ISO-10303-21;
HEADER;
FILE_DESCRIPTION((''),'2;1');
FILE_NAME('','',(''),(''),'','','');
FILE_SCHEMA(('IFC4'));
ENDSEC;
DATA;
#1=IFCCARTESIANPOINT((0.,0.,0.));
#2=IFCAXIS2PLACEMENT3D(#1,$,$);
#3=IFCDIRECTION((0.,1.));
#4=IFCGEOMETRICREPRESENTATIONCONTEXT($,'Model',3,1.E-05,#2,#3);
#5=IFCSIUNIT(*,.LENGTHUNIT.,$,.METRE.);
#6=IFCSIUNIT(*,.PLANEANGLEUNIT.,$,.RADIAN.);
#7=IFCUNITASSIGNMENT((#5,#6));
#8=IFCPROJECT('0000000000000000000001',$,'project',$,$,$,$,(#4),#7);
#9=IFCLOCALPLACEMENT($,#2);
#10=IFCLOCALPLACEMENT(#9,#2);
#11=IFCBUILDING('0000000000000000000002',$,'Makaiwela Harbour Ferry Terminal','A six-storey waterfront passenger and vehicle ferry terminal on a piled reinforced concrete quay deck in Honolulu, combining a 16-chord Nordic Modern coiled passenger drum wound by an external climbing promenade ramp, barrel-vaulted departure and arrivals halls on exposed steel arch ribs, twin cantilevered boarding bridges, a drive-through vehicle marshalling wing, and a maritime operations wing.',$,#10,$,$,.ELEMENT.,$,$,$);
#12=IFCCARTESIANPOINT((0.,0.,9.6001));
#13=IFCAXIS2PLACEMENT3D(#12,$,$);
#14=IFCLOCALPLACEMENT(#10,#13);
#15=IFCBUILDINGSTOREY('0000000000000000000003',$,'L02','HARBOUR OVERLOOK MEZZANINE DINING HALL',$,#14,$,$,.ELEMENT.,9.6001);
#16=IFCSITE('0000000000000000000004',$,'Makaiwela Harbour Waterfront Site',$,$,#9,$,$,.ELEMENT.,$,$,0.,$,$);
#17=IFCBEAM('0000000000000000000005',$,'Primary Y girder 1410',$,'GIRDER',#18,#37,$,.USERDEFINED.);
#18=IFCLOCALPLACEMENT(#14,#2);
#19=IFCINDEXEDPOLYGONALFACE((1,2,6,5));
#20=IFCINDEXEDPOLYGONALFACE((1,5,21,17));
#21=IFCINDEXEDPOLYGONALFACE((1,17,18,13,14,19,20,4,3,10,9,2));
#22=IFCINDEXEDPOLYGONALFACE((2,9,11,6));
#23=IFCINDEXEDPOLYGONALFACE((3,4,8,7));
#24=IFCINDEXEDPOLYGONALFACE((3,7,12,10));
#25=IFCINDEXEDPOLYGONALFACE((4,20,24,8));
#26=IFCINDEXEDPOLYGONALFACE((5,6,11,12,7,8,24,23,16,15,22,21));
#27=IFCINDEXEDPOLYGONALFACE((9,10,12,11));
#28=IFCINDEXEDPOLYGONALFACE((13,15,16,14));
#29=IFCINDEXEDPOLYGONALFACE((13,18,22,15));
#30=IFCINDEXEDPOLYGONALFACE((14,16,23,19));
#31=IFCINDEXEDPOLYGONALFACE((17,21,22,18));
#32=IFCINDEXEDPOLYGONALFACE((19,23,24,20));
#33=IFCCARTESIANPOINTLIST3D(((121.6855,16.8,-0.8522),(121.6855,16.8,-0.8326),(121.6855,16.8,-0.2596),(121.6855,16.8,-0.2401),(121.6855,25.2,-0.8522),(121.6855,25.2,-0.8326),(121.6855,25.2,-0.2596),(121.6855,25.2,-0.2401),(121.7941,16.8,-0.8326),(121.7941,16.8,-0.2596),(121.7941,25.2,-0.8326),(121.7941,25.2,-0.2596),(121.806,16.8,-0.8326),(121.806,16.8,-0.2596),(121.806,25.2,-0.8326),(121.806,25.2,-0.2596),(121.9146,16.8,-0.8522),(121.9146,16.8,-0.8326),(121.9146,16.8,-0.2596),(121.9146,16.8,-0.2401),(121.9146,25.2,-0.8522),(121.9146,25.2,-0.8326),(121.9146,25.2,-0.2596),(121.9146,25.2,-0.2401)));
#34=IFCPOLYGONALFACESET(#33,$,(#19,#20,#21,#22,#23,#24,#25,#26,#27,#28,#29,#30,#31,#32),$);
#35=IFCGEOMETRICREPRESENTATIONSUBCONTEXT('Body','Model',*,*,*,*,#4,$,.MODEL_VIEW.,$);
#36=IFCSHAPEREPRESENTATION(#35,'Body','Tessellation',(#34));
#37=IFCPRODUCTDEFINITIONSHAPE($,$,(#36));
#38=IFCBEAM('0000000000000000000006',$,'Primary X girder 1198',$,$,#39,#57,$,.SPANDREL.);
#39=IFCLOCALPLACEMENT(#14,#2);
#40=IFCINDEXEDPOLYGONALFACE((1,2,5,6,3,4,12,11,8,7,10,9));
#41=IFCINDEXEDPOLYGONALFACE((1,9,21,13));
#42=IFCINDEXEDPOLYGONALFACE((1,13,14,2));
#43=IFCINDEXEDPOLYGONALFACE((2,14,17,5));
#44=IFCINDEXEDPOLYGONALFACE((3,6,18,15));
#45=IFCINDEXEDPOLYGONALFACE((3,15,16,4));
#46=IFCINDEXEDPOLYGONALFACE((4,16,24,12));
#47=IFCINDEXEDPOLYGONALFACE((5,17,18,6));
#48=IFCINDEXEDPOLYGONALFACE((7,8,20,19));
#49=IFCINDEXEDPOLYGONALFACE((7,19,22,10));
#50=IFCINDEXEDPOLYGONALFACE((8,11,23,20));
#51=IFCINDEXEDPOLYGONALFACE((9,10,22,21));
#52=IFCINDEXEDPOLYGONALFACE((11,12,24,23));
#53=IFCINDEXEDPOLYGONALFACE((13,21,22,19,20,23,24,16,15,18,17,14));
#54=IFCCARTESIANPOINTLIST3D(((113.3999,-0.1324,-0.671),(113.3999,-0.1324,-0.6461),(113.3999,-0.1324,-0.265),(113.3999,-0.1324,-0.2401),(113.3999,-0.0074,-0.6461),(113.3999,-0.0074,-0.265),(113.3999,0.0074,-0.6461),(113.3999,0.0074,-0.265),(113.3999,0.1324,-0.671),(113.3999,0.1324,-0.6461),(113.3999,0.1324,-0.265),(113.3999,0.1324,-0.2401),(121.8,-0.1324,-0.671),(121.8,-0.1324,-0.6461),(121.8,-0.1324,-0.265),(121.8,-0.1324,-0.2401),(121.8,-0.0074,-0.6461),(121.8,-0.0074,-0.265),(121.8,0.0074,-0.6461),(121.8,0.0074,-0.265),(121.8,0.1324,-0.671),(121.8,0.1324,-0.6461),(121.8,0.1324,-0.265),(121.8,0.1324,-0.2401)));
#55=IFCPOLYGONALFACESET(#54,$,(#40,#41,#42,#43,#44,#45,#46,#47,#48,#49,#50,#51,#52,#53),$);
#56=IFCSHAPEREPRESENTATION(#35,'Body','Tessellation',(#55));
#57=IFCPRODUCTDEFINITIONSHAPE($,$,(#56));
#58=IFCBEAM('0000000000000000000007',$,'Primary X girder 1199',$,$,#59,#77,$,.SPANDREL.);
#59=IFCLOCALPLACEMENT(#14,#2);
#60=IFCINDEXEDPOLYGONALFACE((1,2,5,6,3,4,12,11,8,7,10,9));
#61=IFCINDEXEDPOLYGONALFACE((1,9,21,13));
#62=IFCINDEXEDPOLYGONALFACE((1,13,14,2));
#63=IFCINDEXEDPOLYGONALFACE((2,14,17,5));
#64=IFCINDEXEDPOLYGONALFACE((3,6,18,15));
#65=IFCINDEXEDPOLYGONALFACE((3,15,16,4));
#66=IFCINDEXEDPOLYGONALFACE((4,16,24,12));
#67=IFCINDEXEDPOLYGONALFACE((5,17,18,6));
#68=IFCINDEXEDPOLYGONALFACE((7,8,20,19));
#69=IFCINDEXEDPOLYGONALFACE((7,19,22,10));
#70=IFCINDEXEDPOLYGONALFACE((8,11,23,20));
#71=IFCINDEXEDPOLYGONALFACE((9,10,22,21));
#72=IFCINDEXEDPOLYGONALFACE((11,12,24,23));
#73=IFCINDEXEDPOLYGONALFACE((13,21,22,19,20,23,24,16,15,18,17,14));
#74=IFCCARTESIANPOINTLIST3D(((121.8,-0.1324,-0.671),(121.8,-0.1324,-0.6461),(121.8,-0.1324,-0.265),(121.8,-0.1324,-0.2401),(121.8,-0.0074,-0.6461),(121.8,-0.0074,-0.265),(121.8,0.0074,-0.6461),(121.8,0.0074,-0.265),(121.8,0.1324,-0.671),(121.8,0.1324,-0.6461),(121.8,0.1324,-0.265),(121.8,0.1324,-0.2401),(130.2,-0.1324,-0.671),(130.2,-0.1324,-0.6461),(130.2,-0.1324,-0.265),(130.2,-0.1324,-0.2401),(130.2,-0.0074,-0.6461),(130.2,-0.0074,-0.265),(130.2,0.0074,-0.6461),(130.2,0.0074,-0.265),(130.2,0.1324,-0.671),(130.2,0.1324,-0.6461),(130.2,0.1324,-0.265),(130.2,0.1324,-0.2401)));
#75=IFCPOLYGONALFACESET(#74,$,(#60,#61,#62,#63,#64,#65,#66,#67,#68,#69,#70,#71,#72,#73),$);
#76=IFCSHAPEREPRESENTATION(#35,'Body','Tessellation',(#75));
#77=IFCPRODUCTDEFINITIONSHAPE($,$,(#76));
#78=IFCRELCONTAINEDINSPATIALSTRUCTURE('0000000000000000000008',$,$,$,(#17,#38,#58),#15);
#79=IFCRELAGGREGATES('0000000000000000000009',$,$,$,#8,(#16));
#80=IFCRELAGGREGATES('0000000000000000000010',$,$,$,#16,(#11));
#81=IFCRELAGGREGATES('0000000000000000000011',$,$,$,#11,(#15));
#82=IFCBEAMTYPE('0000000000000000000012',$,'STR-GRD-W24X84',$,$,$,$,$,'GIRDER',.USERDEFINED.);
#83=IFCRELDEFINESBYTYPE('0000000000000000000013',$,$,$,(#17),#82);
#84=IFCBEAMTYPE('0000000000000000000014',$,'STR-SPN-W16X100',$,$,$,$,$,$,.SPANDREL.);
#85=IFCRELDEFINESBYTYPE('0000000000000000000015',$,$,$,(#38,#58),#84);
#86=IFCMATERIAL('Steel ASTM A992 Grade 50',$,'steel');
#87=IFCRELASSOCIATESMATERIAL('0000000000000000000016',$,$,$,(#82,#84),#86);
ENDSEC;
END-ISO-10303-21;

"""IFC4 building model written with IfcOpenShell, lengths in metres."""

from ifc_helpers import new_model, si_unit, direction, frame, origin, origin_2d, place, context, subcontext, project, spatial, i_section, extrude, material, material_profile, profile_set, type_object, element, save


model = new_model("IFC4")

# Units and contexts
model_context = context("Model", 3, precision=1e-05, world=origin(), true_north=direction((0.0, 1.0)))
body_context = subcontext(model_context, "Body", "Model", "MODEL_VIEW")
ifc_project = project(units=[si_unit("LENGTHUNIT", "METRE"), si_unit("PLANEANGLEUNIT", "RADIAN")], contexts=[model_context])

# Site, building, storey
site_placement = place(None, origin())
site = spatial("IfcSite", under=ifc_project, at=site_placement, Name="Makaiwela Harbour Waterfront Site", CompositionType="ELEMENT", RefElevation=0.0)
building_placement = place(site_placement, origin())
building = spatial("IfcBuilding", under=site, at=building_placement, Name="Makaiwela Harbour Ferry Terminal", Description="A six-storey waterfront passenger and vehicle ferry terminal on a piled reinforced concrete quay deck in Honolulu, combining a 16-chord Nordic Modern coiled passenger drum wound by an external climbing promenade ramp, barrel-vaulted departure and arrivals halls on exposed steel arch ribs, twin cantilevered boarding bridges, a drive-through vehicle marshalling wing, and a maritime operations wing.", CompositionType="ELEMENT")
storey_placement = place(building_placement, frame((0.0, 0.0, 9.6001)))
storey = spatial("IfcBuildingStorey", under=building, at=storey_placement, Name="L02", Description="HARBOUR OVERLOOK MEZZANINE DINING HALL", CompositionType="ELEMENT", Elevation=9.6001)

# Beams
ifc_material = material(Name="Steel ASTM A992 Grade 50", Category="steel")
ifc_material_profile_1 = material_profile(ifc_material, i_section(OverallWidth=0.229, OverallDepth=0.6121, WebThickness=0.012, FlangeThickness=0.0195, at=origin_2d()), Name="W24X84")
ifc_profile_set_1 = profile_set([ifc_material_profile_1], Name="Steel ASTM A992 Grade 50")
beam_type_1 = type_object("IfcBeamType", Name="STR-GRD-W24X84", ElementType="GIRDER", PredefinedType="USERDEFINED", material=ifc_profile_set_1)
beam_1_placement = place(storey_placement, frame((121.8, 16.8, -0.5461), z_axis=(0.0, 1.0, 0.0), x_axis=(-1.0, 0.0, 0.0)))
element("IfcBeam", 1, at=beam_1_placement, inside=storey, type_object=beam_type_1, Name="Primary Y girder 1410", ObjectType="GIRDER", PredefinedType="USERDEFINED", context=body_context, shape_type="SweptSolid", body=[
    extrude(i_section(OverallWidth=0.229, OverallDepth=0.6121, WebThickness=0.012, FlangeThickness=0.0195, at=origin_2d()), origin(), (0.0, 0.0, 1.0), 8.3999),
])
ifc_material_profile_2 = material_profile(ifc_material, i_section(OverallWidth=0.2649, OverallDepth=0.4309, WebThickness=0.0149, FlangeThickness=0.0249, at=origin_2d()), Name="W16X100")
ifc_profile_set_2 = profile_set([ifc_material_profile_2], Name="Steel ASTM A992 Grade 50")
beam_type_2 = type_object("IfcBeamType", Name="STR-SPN-W16X100", PredefinedType="SPANDREL", material=ifc_profile_set_2)
beam_2_placement = place(storey_placement, frame((113.3999, 0.0, -0.4556), z_axis=(1.0, 0.0, 0.0), x_axis=(0.0, 1.0, 0.0)))
element("IfcBeam", 2, at=beam_2_placement, inside=storey, type_object=beam_type_2, Name="Primary X girder 1198", PredefinedType="SPANDREL", context=body_context, shape_type="SweptSolid", body=[
    extrude(i_section(OverallWidth=0.2649, OverallDepth=0.4309, WebThickness=0.0149, FlangeThickness=0.0249, at=origin_2d()), origin(), (0.0, 0.0, 1.0), 8.4001),
])
beam_3_placement = place(storey_placement, frame((121.8, 0.0, -0.4556), z_axis=(1.0, 0.0, 0.0), x_axis=(0.0, 1.0, 0.0)))
element("IfcBeam", 3, at=beam_3_placement, inside=storey, type_object=beam_type_2, Name="Primary X girder 1199", PredefinedType="SPANDREL", context=body_context, shape_type="SweptSolid", body=[
    extrude(i_section(OverallWidth=0.2649, OverallDepth=0.4309, WebThickness=0.0149, FlangeThickness=0.0249, at=origin_2d()), origin(), (0.0, 0.0, 1.0), 8.3999),
])

save(model, "model.ifc")
